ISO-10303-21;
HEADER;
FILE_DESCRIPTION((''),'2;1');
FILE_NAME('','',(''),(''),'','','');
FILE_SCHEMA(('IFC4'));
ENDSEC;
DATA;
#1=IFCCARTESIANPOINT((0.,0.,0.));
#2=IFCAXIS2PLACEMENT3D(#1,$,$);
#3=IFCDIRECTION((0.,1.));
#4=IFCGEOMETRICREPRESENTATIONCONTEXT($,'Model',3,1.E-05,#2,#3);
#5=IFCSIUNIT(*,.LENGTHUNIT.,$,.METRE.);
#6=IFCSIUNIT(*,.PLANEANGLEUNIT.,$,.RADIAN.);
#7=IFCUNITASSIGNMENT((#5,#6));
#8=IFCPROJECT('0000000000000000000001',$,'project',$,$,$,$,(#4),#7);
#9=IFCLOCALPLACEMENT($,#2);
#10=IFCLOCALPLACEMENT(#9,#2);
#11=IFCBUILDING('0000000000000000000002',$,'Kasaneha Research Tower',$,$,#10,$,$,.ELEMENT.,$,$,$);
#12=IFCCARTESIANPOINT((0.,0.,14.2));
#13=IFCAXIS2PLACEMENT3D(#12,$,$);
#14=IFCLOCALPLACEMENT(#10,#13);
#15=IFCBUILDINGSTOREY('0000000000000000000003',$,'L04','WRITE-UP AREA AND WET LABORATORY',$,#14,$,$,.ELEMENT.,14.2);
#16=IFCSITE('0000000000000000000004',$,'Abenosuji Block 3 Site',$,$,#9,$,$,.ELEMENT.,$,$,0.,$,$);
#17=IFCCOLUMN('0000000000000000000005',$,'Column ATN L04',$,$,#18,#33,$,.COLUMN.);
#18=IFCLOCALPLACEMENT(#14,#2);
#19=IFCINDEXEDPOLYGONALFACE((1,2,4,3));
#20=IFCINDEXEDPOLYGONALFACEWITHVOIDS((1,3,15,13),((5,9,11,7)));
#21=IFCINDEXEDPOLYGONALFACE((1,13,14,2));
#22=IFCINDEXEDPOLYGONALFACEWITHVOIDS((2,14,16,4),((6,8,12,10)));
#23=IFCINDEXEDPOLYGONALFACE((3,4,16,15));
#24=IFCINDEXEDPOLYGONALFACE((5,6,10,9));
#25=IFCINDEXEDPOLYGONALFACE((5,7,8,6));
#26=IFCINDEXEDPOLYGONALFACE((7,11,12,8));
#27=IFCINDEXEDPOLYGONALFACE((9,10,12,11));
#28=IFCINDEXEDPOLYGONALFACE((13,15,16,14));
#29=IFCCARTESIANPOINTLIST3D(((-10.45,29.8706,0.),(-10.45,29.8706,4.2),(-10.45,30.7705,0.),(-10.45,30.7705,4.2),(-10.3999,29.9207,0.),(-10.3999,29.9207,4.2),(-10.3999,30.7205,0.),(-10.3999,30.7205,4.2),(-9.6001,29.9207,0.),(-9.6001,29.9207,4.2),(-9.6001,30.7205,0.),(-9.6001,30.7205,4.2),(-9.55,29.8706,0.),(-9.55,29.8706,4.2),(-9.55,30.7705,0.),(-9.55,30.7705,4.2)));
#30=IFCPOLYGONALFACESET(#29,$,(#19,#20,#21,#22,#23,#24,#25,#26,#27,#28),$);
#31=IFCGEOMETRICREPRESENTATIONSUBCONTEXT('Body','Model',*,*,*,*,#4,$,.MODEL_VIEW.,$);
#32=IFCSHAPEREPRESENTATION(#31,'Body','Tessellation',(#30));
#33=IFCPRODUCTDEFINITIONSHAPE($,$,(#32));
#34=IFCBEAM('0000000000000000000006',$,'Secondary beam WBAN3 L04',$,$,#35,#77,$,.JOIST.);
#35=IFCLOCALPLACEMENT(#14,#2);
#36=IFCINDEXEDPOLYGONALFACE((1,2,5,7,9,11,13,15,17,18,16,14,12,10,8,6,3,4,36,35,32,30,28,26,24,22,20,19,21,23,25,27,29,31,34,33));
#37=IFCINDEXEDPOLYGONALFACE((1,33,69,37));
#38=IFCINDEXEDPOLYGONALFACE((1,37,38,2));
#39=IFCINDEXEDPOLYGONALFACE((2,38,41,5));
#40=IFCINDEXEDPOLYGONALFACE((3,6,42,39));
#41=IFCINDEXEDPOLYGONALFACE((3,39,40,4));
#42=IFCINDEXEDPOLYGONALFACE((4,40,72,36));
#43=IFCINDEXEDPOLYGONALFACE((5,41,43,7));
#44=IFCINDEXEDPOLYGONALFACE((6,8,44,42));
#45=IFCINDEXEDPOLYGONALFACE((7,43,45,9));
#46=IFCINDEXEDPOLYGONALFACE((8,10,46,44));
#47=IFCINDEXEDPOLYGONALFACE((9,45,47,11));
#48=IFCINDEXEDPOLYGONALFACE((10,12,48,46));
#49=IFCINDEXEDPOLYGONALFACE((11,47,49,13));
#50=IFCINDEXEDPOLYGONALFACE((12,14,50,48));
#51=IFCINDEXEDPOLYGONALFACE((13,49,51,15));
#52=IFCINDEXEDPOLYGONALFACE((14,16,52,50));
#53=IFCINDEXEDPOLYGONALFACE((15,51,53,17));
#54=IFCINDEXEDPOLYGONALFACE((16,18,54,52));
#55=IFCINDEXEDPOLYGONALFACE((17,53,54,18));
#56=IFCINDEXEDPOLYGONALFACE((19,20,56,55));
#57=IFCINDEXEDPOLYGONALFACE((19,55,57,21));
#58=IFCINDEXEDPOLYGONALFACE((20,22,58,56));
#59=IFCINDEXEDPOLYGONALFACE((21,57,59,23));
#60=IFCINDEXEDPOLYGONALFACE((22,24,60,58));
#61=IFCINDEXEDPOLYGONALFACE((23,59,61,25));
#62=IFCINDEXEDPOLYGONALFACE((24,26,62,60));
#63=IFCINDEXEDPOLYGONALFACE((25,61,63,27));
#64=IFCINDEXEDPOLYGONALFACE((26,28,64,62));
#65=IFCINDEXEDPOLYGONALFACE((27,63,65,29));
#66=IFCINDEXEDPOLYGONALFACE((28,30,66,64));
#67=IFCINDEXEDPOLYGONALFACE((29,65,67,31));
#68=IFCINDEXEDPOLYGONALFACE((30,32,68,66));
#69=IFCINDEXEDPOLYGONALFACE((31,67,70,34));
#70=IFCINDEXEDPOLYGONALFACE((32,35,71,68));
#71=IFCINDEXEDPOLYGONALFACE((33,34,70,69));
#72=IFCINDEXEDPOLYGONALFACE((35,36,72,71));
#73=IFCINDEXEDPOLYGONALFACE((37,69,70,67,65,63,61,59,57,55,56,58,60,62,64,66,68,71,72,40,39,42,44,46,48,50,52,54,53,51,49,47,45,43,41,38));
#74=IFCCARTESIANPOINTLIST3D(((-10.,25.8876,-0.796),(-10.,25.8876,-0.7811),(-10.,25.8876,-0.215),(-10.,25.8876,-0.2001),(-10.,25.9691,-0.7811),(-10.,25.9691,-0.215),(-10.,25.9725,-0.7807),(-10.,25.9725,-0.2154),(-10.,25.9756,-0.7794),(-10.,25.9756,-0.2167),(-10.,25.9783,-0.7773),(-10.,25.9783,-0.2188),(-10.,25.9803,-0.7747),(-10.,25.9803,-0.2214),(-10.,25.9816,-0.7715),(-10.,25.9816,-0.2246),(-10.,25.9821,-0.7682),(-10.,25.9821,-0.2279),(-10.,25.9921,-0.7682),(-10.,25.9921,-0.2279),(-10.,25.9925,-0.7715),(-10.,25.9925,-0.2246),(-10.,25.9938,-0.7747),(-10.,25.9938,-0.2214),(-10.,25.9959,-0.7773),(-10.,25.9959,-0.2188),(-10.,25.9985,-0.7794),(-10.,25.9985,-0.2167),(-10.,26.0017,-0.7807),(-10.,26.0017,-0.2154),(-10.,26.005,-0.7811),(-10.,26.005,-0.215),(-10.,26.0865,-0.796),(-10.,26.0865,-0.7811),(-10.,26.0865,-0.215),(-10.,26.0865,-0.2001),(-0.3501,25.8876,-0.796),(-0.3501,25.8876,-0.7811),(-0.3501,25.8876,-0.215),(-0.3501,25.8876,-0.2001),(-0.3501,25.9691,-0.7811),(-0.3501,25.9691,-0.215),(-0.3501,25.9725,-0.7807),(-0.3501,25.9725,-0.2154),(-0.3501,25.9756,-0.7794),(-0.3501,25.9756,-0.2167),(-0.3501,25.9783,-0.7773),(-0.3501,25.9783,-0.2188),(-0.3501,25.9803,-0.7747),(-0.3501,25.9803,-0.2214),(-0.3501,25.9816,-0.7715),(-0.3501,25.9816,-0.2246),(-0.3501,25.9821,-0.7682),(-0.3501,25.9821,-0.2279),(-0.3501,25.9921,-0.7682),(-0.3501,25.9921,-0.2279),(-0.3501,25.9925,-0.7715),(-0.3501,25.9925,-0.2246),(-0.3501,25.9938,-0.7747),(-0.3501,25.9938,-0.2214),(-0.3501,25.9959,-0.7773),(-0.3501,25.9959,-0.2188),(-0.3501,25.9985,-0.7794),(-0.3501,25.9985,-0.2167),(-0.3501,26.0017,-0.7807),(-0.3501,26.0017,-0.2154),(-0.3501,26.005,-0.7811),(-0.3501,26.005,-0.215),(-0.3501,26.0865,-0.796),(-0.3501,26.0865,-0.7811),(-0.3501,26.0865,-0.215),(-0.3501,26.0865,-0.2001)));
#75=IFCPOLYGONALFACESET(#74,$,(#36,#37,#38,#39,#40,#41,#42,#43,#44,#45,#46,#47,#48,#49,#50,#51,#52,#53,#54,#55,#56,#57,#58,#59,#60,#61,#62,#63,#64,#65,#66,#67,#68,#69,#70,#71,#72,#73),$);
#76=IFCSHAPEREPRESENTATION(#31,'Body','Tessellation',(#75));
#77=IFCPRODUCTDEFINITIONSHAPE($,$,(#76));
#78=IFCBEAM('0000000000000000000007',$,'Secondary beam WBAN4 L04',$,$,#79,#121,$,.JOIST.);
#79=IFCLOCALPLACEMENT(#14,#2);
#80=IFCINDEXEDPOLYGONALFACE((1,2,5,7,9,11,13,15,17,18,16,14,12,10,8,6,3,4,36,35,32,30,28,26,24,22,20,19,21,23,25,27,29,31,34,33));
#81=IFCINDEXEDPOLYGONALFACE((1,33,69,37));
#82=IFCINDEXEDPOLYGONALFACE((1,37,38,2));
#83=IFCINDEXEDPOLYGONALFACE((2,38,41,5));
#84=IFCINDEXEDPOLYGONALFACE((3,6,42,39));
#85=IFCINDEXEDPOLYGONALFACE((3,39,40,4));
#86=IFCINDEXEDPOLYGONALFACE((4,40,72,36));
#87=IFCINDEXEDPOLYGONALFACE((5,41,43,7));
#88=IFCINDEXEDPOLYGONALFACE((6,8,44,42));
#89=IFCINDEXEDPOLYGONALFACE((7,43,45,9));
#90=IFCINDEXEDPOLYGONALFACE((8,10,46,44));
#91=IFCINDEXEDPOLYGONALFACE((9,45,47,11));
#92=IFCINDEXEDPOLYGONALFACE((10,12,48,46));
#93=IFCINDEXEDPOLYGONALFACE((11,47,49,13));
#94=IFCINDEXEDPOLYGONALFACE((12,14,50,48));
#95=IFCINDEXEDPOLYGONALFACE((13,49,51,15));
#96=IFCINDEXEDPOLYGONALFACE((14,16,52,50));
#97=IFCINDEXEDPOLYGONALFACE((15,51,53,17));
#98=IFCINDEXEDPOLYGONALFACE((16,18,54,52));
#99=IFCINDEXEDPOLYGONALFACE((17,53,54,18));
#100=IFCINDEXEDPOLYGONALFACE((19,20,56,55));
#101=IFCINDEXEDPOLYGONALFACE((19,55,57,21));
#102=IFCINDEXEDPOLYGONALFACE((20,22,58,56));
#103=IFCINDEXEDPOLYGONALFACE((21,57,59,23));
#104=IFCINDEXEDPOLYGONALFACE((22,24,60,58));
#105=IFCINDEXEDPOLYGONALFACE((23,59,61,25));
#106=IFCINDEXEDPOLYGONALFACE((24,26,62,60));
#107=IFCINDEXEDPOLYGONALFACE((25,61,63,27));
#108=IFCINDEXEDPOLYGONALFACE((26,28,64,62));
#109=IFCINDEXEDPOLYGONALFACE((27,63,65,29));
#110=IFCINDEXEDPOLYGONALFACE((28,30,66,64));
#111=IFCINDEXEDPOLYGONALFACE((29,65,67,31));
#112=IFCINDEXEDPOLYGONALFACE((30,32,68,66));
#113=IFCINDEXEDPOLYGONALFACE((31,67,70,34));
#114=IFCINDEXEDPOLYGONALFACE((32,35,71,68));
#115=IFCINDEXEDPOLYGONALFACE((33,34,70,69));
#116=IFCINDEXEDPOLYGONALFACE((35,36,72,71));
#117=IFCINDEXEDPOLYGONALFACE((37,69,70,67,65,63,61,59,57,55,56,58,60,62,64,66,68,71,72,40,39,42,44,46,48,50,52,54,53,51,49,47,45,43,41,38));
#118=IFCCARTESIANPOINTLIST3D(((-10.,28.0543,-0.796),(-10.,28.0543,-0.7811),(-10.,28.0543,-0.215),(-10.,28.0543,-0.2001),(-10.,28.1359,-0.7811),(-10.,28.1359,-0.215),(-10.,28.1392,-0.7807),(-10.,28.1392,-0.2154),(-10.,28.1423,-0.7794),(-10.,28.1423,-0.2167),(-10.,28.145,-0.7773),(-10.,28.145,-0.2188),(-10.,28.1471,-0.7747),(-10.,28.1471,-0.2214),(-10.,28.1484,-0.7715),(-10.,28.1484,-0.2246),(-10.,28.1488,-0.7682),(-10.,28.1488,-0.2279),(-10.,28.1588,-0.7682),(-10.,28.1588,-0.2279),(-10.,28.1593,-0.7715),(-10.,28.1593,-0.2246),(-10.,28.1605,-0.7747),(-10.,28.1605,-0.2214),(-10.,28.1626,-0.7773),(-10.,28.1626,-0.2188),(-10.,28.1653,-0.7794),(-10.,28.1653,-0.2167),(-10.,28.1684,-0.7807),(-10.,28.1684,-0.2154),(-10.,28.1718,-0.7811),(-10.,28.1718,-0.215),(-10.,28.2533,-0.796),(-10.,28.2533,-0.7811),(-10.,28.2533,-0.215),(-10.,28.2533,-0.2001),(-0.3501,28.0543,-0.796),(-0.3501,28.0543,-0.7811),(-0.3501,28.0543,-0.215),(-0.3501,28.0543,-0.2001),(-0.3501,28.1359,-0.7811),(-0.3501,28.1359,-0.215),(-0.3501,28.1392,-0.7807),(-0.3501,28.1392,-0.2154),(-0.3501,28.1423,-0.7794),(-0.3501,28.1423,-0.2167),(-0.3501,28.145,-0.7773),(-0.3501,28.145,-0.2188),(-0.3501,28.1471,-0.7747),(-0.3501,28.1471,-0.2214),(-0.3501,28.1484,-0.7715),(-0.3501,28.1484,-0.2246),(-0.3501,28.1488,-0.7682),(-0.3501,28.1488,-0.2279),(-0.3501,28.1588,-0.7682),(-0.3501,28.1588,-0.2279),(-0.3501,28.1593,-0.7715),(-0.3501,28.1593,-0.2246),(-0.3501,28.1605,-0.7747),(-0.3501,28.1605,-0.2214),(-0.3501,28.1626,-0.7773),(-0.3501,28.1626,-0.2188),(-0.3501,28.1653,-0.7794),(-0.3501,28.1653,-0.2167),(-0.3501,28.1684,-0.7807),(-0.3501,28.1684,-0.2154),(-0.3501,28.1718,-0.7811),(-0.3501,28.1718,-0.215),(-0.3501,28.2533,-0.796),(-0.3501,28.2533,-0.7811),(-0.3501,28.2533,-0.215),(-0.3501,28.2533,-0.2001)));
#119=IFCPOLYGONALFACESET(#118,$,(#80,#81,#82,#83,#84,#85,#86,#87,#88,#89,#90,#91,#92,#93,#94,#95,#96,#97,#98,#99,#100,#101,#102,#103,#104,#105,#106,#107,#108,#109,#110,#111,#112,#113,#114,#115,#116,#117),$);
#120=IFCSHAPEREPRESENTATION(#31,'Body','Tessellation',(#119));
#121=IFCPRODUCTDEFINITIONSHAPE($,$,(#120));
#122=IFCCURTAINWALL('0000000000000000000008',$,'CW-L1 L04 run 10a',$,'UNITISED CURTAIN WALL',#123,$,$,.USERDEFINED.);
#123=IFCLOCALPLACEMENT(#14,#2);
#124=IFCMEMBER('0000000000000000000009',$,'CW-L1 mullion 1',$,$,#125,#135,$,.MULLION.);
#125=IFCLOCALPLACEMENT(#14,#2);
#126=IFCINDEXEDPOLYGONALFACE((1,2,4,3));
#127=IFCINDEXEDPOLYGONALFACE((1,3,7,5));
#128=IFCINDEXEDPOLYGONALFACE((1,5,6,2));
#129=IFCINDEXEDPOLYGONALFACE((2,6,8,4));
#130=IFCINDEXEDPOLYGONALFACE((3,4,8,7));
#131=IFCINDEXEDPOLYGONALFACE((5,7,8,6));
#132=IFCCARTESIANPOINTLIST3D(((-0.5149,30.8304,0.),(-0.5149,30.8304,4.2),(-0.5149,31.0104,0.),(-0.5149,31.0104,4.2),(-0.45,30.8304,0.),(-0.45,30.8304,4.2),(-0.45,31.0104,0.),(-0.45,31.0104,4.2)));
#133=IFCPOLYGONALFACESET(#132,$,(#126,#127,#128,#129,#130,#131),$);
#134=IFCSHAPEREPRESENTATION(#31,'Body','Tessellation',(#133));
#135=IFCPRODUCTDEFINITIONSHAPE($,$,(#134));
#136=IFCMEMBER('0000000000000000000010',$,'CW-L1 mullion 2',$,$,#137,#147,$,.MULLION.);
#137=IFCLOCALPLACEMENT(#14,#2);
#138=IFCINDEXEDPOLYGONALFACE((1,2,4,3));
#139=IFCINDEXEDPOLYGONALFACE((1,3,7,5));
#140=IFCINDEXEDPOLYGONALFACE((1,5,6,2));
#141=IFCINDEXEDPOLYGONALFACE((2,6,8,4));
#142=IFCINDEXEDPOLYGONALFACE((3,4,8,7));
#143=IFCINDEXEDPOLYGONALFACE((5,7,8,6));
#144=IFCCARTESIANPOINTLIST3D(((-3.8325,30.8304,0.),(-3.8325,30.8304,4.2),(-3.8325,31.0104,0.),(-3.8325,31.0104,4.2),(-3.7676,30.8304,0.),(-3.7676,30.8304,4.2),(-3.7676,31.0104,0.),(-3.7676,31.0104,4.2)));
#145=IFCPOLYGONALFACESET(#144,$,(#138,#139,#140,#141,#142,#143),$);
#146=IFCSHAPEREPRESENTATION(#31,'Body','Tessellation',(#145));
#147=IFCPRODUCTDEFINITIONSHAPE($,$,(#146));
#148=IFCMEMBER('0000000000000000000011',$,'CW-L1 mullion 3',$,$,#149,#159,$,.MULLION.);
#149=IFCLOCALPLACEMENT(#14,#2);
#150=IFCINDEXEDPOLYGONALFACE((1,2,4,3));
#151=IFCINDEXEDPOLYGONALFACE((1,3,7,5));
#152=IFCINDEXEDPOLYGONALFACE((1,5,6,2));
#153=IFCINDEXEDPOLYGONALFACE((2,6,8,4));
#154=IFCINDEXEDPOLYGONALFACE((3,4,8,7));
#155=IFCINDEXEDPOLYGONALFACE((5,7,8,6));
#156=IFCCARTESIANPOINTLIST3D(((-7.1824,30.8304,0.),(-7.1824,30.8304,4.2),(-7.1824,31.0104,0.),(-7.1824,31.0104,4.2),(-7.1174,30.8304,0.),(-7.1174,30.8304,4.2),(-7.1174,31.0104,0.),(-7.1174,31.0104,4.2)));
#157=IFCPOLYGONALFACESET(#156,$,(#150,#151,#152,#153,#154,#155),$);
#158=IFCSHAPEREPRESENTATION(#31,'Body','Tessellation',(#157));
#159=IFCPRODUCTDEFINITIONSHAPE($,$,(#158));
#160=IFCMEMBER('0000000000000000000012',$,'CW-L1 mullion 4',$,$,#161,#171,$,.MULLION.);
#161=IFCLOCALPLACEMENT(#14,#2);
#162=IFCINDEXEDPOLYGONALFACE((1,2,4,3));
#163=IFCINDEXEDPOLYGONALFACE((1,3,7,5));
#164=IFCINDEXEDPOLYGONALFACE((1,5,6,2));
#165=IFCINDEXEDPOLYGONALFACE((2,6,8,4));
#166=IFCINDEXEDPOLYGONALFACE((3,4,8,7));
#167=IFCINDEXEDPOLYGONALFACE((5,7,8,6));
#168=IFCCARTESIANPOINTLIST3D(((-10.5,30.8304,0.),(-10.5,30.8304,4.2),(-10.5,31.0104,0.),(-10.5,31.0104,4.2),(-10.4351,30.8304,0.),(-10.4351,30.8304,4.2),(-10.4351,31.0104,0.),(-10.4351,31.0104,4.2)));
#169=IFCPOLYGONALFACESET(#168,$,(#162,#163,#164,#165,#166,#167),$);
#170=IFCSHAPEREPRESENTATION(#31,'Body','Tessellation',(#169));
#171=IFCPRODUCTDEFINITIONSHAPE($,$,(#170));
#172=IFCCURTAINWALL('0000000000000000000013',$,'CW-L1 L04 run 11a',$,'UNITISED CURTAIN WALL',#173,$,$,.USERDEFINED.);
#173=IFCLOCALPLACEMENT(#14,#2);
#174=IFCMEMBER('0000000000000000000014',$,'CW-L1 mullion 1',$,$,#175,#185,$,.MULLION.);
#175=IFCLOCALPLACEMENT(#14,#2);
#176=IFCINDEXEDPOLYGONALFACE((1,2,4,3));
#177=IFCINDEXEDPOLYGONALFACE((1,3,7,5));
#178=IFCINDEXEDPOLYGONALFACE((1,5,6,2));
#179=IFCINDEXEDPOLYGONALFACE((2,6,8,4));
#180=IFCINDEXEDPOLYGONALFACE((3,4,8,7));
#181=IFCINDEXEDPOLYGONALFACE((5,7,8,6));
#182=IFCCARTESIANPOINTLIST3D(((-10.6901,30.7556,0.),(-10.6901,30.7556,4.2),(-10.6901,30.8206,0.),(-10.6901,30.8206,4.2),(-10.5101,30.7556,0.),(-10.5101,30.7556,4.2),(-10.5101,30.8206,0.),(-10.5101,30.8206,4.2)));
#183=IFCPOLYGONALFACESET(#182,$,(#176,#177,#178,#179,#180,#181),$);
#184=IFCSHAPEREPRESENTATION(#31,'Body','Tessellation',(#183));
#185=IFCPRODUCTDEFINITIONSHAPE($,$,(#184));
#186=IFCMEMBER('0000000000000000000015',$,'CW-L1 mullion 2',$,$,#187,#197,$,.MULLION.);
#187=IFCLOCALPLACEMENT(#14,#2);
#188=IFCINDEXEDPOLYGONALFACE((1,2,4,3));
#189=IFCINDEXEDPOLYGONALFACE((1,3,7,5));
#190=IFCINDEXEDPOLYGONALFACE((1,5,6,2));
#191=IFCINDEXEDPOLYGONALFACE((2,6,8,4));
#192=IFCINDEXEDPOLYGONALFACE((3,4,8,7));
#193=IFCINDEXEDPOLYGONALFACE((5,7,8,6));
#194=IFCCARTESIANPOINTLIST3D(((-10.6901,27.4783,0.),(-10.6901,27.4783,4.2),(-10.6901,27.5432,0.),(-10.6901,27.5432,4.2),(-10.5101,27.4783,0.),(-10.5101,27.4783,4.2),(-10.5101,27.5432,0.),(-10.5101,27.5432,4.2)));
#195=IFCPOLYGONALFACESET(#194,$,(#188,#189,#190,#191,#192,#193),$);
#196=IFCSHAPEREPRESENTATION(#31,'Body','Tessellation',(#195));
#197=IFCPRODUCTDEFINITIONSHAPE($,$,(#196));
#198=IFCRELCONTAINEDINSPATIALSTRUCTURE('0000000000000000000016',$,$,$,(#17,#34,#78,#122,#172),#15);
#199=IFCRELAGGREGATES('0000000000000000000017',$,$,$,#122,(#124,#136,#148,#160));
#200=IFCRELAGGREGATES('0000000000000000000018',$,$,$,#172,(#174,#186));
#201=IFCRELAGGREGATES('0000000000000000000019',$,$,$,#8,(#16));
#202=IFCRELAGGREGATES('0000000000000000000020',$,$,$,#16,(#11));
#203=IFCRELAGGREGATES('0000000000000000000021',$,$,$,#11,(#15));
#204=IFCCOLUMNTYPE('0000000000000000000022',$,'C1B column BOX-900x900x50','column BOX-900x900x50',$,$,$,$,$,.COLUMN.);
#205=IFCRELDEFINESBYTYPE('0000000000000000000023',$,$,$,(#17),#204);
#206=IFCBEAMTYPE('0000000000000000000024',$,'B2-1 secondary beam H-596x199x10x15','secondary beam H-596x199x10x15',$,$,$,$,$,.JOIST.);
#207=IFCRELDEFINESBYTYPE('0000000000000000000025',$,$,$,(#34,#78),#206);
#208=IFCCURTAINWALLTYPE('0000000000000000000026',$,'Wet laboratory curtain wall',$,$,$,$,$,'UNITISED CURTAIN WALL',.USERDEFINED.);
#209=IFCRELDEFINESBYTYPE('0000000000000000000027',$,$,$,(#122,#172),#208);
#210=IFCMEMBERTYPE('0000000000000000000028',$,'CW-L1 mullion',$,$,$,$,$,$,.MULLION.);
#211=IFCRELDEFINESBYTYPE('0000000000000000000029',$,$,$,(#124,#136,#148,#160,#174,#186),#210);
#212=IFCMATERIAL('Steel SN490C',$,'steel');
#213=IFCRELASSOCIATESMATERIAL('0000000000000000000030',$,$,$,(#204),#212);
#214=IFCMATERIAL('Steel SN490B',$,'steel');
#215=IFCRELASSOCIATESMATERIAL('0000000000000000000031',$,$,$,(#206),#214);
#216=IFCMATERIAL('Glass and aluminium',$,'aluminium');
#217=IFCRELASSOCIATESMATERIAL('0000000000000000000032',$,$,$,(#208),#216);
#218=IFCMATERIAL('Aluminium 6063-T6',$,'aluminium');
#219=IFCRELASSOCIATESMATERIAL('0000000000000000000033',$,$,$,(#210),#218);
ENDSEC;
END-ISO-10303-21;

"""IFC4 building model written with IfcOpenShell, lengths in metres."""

from ifc_helpers import new_model, si_unit, direction, frame, origin, origin_2d, place, context, subcontext, project, spatial, rectangle, hollow_rectangle, i_section, extrude, material, material_profile, profile_set, type_object, element, aggregate, save


model = new_model("IFC4")

# Units and contexts
model_context = context("Model", 3, precision=1e-05, world=origin(), true_north=direction((0.0, 1.0)))
body_context = subcontext(model_context, "Body", "Model", "MODEL_VIEW")
ifc_project = project(units=[si_unit("LENGTHUNIT", "METRE"), si_unit("PLANEANGLEUNIT", "RADIAN")], contexts=[model_context])

# Site, building, storey
site_placement = place(None, origin())
site = spatial("IfcSite", under=ifc_project, at=site_placement, Name="Abenosuji Block 3 Site", CompositionType="ELEMENT", RefElevation=0.0)
building_placement = place(site_placement, origin())
building = spatial("IfcBuilding", under=site, at=building_placement, Name="Kasaneha Research Tower", CompositionType="ELEMENT")
storey_placement = place(building_placement, frame((0.0, 0.0, 14.2)))
storey = spatial("IfcBuildingStorey", under=building, at=storey_placement, Name="L04", Description="WRITE-UP AREA AND WET LABORATORY", CompositionType="ELEMENT", Elevation=14.2)

# Column
ifc_material_1 = material(Name="Steel SN490C", Category="steel")
ifc_material_profile_1 = material_profile(ifc_material_1, hollow_rectangle(XDim=0.8999, YDim=0.8999, WallThickness=0.05, at=origin_2d()), Name="BOX-900x900x50")
ifc_profile_set_1 = profile_set([ifc_material_profile_1], Name="Steel SN490C")
column_type = type_object("IfcColumnType", Name="C1B column BOX-900x900x50", Description="column BOX-900x900x50", PredefinedType="COLUMN", material=ifc_profile_set_1)
column_placement = place(storey_placement, frame((-10.0, 30.3206, 0.0), z_axis=(0.0, 0.0, 1.0), x_axis=(1.0, 0.0, 0.0)))
element("IfcColumn", 1, at=column_placement, inside=storey, type_object=column_type, Name="Column ATN L04", PredefinedType="COLUMN", context=body_context, shape_type="SweptSolid", body=[
    extrude(hollow_rectangle(XDim=0.8999, YDim=0.8999, WallThickness=0.05, at=origin_2d()), origin(), (0.0, 0.0, 1.0), 4.2),
])

# Beams
ifc_material_2 = material(Name="Steel SN490B", Category="steel")
ifc_material_profile_2 = material_profile(ifc_material_2, i_section(OverallWidth=0.199, OverallDepth=0.5959, WebThickness=0.01, FlangeThickness=0.0149, FilletRadius=0.0129, at=origin_2d()), Name="H-596x199x10x15")
ifc_profile_set_2 = profile_set([ifc_material_profile_2], Name="Steel SN490B")
beam_type_1 = type_object("IfcBeamType", Name="B2-1 secondary beam H-596x199x10x15", Description="secondary beam H-596x199x10x15", PredefinedType="JOIST", material=ifc_profile_set_2)
for number, where, z_axis, x_axis, name in (
    (2, (-10.0, 25.9871, -0.498), (1.0, 0.0, 0.0), (0.0, 1.0, 0.0), "Secondary beam WBAN3 L04"),
    (3, (-10.0, 28.1538, -0.498), (1.0, 0.0, 0.0), (0.0, 1.0, 0.0), "Secondary beam WBAN4 L04"),
):
    element("IfcBeam", number, at=place(storey_placement, frame(where, z_axis=z_axis, x_axis=x_axis)), inside=storey, type_object=beam_type_1, Name=name, PredefinedType="JOIST", context=body_context, shape_type="SweptSolid", body=[
        extrude(i_section(OverallWidth=0.199, OverallDepth=0.5959, WebThickness=0.01, FlangeThickness=0.0149, FilletRadius=0.0129, at=origin_2d()), origin(), (0.0, 0.0, 1.0), 9.6499),
    ])

# Curtain walls, members
ifc_material_3 = material(Name="Glass and aluminium", Category="aluminium")
curtain_wall_type = type_object("IfcCurtainWallType", Name="Wet laboratory curtain wall", ElementType="UNITISED CURTAIN WALL", PredefinedType="USERDEFINED", material=ifc_material_3)
curtain_wall_1_placement = place(storey_placement, origin())
curtain_wall_1 = element("IfcCurtainWall", 4, at=curtain_wall_1_placement, inside=storey, type_object=curtain_wall_type, Name="CW-L1 L04 run 10a", ObjectType="UNITISED CURTAIN WALL", PredefinedType="USERDEFINED")
ifc_material_4 = material(Name="Aluminium 6063-T6", Category="aluminium")
ifc_material_profile_3 = material_profile(ifc_material_4, rectangle(XDim=0.0649, YDim=0.1799, at=origin_2d()), Name="CW-L1 mullion 65x180")
ifc_profile_set_3 = profile_set([ifc_material_profile_3], Name="Aluminium 6063-T6")
member_type_1 = type_object("IfcMemberType", Name="CW-L1 mullion", PredefinedType="MULLION", material=ifc_profile_set_3)
member_1_placement = place(storey_placement, frame((-0.4824, 30.9204, 0.0), z_axis=(0.0, 0.0, 1.0), x_axis=(-1.0, 0.0, 0.0)))
member_1 = element("IfcMember", 5, at=member_1_placement, type_object=member_type_1, Name="CW-L1 mullion 1", PredefinedType="MULLION", context=body_context, shape_type="SweptSolid", body=[
    extrude(rectangle(XDim=0.0649, YDim=0.1799, at=origin_2d()), origin(), (0.0, 0.0, 1.0), 4.2),
])
member_2_placement = place(storey_placement, frame((-3.8, 30.9204, 0.0), z_axis=(0.0, 0.0, 1.0), x_axis=(-1.0, 0.0, 0.0)))
member_2 = element("IfcMember", 6, at=member_2_placement, type_object=member_type_1, Name="CW-L1 mullion 2", PredefinedType="MULLION", context=body_context, shape_type="SweptSolid", body=[
    extrude(rectangle(XDim=0.0649, YDim=0.1799, at=origin_2d()), origin(), (0.0, 0.0, 1.0), 4.2),
])
member_3_placement = place(storey_placement, frame((-7.1499, 30.9204, 0.0), z_axis=(0.0, 0.0, 1.0), x_axis=(-1.0, 0.0, 0.0)))
member_3 = element("IfcMember", 7, at=member_3_placement, type_object=member_type_1, Name="CW-L1 mullion 3", PredefinedType="MULLION", context=body_context, shape_type="SweptSolid", body=[
    extrude(rectangle(XDim=0.0649, YDim=0.1799, at=origin_2d()), origin(), (0.0, 0.0, 1.0), 4.2),
])
member_4_placement = place(storey_placement, frame((-10.4675, 30.9204, 0.0), z_axis=(0.0, 0.0, 1.0), x_axis=(-1.0, 0.0, 0.0)))
member_4 = element("IfcMember", 8, at=member_4_placement, type_object=member_type_1, Name="CW-L1 mullion 4", PredefinedType="MULLION", context=body_context, shape_type="SweptSolid", body=[
    extrude(rectangle(XDim=0.0649, YDim=0.1799, at=origin_2d()), origin(), (0.0, 0.0, 1.0), 4.2),
])
curtain_wall_2_placement = place(storey_placement, origin())
curtain_wall_2 = element("IfcCurtainWall", 9, at=curtain_wall_2_placement, inside=storey, type_object=curtain_wall_type, Name="CW-L1 L04 run 11a", ObjectType="UNITISED CURTAIN WALL", PredefinedType="USERDEFINED")
member_5_placement = place(storey_placement, frame((-10.6001, 30.7881, 0.0), z_axis=(0.0, 0.0, 1.0), x_axis=(0.0, -1.0, 0.0)))
member_5 = element("IfcMember", 10, at=member_5_placement, type_object=member_type_1, Name="CW-L1 mullion 1", PredefinedType="MULLION", context=body_context, shape_type="SweptSolid", body=[
    extrude(rectangle(XDim=0.0649, YDim=0.1799, at=origin_2d()), origin(), (0.0, 0.0, 1.0), 4.2),
])
member_6_placement = place(storey_placement, frame((-10.6001, 27.5107, 0.0), z_axis=(0.0, 0.0, 1.0), x_axis=(0.0, -1.0, 0.0)))
member_6 = element("IfcMember", 11, at=member_6_placement, type_object=member_type_1, Name="CW-L1 mullion 2", PredefinedType="MULLION", context=body_context, shape_type="SweptSolid", body=[
    extrude(rectangle(XDim=0.0649, YDim=0.1799, at=origin_2d()), origin(), (0.0, 0.0, 1.0), 4.2),
])

aggregate(curtain_wall_1, [member_1, member_2, member_3, member_4])
aggregate(curtain_wall_2, [member_5, member_6])

save(model, "model.ifc")
